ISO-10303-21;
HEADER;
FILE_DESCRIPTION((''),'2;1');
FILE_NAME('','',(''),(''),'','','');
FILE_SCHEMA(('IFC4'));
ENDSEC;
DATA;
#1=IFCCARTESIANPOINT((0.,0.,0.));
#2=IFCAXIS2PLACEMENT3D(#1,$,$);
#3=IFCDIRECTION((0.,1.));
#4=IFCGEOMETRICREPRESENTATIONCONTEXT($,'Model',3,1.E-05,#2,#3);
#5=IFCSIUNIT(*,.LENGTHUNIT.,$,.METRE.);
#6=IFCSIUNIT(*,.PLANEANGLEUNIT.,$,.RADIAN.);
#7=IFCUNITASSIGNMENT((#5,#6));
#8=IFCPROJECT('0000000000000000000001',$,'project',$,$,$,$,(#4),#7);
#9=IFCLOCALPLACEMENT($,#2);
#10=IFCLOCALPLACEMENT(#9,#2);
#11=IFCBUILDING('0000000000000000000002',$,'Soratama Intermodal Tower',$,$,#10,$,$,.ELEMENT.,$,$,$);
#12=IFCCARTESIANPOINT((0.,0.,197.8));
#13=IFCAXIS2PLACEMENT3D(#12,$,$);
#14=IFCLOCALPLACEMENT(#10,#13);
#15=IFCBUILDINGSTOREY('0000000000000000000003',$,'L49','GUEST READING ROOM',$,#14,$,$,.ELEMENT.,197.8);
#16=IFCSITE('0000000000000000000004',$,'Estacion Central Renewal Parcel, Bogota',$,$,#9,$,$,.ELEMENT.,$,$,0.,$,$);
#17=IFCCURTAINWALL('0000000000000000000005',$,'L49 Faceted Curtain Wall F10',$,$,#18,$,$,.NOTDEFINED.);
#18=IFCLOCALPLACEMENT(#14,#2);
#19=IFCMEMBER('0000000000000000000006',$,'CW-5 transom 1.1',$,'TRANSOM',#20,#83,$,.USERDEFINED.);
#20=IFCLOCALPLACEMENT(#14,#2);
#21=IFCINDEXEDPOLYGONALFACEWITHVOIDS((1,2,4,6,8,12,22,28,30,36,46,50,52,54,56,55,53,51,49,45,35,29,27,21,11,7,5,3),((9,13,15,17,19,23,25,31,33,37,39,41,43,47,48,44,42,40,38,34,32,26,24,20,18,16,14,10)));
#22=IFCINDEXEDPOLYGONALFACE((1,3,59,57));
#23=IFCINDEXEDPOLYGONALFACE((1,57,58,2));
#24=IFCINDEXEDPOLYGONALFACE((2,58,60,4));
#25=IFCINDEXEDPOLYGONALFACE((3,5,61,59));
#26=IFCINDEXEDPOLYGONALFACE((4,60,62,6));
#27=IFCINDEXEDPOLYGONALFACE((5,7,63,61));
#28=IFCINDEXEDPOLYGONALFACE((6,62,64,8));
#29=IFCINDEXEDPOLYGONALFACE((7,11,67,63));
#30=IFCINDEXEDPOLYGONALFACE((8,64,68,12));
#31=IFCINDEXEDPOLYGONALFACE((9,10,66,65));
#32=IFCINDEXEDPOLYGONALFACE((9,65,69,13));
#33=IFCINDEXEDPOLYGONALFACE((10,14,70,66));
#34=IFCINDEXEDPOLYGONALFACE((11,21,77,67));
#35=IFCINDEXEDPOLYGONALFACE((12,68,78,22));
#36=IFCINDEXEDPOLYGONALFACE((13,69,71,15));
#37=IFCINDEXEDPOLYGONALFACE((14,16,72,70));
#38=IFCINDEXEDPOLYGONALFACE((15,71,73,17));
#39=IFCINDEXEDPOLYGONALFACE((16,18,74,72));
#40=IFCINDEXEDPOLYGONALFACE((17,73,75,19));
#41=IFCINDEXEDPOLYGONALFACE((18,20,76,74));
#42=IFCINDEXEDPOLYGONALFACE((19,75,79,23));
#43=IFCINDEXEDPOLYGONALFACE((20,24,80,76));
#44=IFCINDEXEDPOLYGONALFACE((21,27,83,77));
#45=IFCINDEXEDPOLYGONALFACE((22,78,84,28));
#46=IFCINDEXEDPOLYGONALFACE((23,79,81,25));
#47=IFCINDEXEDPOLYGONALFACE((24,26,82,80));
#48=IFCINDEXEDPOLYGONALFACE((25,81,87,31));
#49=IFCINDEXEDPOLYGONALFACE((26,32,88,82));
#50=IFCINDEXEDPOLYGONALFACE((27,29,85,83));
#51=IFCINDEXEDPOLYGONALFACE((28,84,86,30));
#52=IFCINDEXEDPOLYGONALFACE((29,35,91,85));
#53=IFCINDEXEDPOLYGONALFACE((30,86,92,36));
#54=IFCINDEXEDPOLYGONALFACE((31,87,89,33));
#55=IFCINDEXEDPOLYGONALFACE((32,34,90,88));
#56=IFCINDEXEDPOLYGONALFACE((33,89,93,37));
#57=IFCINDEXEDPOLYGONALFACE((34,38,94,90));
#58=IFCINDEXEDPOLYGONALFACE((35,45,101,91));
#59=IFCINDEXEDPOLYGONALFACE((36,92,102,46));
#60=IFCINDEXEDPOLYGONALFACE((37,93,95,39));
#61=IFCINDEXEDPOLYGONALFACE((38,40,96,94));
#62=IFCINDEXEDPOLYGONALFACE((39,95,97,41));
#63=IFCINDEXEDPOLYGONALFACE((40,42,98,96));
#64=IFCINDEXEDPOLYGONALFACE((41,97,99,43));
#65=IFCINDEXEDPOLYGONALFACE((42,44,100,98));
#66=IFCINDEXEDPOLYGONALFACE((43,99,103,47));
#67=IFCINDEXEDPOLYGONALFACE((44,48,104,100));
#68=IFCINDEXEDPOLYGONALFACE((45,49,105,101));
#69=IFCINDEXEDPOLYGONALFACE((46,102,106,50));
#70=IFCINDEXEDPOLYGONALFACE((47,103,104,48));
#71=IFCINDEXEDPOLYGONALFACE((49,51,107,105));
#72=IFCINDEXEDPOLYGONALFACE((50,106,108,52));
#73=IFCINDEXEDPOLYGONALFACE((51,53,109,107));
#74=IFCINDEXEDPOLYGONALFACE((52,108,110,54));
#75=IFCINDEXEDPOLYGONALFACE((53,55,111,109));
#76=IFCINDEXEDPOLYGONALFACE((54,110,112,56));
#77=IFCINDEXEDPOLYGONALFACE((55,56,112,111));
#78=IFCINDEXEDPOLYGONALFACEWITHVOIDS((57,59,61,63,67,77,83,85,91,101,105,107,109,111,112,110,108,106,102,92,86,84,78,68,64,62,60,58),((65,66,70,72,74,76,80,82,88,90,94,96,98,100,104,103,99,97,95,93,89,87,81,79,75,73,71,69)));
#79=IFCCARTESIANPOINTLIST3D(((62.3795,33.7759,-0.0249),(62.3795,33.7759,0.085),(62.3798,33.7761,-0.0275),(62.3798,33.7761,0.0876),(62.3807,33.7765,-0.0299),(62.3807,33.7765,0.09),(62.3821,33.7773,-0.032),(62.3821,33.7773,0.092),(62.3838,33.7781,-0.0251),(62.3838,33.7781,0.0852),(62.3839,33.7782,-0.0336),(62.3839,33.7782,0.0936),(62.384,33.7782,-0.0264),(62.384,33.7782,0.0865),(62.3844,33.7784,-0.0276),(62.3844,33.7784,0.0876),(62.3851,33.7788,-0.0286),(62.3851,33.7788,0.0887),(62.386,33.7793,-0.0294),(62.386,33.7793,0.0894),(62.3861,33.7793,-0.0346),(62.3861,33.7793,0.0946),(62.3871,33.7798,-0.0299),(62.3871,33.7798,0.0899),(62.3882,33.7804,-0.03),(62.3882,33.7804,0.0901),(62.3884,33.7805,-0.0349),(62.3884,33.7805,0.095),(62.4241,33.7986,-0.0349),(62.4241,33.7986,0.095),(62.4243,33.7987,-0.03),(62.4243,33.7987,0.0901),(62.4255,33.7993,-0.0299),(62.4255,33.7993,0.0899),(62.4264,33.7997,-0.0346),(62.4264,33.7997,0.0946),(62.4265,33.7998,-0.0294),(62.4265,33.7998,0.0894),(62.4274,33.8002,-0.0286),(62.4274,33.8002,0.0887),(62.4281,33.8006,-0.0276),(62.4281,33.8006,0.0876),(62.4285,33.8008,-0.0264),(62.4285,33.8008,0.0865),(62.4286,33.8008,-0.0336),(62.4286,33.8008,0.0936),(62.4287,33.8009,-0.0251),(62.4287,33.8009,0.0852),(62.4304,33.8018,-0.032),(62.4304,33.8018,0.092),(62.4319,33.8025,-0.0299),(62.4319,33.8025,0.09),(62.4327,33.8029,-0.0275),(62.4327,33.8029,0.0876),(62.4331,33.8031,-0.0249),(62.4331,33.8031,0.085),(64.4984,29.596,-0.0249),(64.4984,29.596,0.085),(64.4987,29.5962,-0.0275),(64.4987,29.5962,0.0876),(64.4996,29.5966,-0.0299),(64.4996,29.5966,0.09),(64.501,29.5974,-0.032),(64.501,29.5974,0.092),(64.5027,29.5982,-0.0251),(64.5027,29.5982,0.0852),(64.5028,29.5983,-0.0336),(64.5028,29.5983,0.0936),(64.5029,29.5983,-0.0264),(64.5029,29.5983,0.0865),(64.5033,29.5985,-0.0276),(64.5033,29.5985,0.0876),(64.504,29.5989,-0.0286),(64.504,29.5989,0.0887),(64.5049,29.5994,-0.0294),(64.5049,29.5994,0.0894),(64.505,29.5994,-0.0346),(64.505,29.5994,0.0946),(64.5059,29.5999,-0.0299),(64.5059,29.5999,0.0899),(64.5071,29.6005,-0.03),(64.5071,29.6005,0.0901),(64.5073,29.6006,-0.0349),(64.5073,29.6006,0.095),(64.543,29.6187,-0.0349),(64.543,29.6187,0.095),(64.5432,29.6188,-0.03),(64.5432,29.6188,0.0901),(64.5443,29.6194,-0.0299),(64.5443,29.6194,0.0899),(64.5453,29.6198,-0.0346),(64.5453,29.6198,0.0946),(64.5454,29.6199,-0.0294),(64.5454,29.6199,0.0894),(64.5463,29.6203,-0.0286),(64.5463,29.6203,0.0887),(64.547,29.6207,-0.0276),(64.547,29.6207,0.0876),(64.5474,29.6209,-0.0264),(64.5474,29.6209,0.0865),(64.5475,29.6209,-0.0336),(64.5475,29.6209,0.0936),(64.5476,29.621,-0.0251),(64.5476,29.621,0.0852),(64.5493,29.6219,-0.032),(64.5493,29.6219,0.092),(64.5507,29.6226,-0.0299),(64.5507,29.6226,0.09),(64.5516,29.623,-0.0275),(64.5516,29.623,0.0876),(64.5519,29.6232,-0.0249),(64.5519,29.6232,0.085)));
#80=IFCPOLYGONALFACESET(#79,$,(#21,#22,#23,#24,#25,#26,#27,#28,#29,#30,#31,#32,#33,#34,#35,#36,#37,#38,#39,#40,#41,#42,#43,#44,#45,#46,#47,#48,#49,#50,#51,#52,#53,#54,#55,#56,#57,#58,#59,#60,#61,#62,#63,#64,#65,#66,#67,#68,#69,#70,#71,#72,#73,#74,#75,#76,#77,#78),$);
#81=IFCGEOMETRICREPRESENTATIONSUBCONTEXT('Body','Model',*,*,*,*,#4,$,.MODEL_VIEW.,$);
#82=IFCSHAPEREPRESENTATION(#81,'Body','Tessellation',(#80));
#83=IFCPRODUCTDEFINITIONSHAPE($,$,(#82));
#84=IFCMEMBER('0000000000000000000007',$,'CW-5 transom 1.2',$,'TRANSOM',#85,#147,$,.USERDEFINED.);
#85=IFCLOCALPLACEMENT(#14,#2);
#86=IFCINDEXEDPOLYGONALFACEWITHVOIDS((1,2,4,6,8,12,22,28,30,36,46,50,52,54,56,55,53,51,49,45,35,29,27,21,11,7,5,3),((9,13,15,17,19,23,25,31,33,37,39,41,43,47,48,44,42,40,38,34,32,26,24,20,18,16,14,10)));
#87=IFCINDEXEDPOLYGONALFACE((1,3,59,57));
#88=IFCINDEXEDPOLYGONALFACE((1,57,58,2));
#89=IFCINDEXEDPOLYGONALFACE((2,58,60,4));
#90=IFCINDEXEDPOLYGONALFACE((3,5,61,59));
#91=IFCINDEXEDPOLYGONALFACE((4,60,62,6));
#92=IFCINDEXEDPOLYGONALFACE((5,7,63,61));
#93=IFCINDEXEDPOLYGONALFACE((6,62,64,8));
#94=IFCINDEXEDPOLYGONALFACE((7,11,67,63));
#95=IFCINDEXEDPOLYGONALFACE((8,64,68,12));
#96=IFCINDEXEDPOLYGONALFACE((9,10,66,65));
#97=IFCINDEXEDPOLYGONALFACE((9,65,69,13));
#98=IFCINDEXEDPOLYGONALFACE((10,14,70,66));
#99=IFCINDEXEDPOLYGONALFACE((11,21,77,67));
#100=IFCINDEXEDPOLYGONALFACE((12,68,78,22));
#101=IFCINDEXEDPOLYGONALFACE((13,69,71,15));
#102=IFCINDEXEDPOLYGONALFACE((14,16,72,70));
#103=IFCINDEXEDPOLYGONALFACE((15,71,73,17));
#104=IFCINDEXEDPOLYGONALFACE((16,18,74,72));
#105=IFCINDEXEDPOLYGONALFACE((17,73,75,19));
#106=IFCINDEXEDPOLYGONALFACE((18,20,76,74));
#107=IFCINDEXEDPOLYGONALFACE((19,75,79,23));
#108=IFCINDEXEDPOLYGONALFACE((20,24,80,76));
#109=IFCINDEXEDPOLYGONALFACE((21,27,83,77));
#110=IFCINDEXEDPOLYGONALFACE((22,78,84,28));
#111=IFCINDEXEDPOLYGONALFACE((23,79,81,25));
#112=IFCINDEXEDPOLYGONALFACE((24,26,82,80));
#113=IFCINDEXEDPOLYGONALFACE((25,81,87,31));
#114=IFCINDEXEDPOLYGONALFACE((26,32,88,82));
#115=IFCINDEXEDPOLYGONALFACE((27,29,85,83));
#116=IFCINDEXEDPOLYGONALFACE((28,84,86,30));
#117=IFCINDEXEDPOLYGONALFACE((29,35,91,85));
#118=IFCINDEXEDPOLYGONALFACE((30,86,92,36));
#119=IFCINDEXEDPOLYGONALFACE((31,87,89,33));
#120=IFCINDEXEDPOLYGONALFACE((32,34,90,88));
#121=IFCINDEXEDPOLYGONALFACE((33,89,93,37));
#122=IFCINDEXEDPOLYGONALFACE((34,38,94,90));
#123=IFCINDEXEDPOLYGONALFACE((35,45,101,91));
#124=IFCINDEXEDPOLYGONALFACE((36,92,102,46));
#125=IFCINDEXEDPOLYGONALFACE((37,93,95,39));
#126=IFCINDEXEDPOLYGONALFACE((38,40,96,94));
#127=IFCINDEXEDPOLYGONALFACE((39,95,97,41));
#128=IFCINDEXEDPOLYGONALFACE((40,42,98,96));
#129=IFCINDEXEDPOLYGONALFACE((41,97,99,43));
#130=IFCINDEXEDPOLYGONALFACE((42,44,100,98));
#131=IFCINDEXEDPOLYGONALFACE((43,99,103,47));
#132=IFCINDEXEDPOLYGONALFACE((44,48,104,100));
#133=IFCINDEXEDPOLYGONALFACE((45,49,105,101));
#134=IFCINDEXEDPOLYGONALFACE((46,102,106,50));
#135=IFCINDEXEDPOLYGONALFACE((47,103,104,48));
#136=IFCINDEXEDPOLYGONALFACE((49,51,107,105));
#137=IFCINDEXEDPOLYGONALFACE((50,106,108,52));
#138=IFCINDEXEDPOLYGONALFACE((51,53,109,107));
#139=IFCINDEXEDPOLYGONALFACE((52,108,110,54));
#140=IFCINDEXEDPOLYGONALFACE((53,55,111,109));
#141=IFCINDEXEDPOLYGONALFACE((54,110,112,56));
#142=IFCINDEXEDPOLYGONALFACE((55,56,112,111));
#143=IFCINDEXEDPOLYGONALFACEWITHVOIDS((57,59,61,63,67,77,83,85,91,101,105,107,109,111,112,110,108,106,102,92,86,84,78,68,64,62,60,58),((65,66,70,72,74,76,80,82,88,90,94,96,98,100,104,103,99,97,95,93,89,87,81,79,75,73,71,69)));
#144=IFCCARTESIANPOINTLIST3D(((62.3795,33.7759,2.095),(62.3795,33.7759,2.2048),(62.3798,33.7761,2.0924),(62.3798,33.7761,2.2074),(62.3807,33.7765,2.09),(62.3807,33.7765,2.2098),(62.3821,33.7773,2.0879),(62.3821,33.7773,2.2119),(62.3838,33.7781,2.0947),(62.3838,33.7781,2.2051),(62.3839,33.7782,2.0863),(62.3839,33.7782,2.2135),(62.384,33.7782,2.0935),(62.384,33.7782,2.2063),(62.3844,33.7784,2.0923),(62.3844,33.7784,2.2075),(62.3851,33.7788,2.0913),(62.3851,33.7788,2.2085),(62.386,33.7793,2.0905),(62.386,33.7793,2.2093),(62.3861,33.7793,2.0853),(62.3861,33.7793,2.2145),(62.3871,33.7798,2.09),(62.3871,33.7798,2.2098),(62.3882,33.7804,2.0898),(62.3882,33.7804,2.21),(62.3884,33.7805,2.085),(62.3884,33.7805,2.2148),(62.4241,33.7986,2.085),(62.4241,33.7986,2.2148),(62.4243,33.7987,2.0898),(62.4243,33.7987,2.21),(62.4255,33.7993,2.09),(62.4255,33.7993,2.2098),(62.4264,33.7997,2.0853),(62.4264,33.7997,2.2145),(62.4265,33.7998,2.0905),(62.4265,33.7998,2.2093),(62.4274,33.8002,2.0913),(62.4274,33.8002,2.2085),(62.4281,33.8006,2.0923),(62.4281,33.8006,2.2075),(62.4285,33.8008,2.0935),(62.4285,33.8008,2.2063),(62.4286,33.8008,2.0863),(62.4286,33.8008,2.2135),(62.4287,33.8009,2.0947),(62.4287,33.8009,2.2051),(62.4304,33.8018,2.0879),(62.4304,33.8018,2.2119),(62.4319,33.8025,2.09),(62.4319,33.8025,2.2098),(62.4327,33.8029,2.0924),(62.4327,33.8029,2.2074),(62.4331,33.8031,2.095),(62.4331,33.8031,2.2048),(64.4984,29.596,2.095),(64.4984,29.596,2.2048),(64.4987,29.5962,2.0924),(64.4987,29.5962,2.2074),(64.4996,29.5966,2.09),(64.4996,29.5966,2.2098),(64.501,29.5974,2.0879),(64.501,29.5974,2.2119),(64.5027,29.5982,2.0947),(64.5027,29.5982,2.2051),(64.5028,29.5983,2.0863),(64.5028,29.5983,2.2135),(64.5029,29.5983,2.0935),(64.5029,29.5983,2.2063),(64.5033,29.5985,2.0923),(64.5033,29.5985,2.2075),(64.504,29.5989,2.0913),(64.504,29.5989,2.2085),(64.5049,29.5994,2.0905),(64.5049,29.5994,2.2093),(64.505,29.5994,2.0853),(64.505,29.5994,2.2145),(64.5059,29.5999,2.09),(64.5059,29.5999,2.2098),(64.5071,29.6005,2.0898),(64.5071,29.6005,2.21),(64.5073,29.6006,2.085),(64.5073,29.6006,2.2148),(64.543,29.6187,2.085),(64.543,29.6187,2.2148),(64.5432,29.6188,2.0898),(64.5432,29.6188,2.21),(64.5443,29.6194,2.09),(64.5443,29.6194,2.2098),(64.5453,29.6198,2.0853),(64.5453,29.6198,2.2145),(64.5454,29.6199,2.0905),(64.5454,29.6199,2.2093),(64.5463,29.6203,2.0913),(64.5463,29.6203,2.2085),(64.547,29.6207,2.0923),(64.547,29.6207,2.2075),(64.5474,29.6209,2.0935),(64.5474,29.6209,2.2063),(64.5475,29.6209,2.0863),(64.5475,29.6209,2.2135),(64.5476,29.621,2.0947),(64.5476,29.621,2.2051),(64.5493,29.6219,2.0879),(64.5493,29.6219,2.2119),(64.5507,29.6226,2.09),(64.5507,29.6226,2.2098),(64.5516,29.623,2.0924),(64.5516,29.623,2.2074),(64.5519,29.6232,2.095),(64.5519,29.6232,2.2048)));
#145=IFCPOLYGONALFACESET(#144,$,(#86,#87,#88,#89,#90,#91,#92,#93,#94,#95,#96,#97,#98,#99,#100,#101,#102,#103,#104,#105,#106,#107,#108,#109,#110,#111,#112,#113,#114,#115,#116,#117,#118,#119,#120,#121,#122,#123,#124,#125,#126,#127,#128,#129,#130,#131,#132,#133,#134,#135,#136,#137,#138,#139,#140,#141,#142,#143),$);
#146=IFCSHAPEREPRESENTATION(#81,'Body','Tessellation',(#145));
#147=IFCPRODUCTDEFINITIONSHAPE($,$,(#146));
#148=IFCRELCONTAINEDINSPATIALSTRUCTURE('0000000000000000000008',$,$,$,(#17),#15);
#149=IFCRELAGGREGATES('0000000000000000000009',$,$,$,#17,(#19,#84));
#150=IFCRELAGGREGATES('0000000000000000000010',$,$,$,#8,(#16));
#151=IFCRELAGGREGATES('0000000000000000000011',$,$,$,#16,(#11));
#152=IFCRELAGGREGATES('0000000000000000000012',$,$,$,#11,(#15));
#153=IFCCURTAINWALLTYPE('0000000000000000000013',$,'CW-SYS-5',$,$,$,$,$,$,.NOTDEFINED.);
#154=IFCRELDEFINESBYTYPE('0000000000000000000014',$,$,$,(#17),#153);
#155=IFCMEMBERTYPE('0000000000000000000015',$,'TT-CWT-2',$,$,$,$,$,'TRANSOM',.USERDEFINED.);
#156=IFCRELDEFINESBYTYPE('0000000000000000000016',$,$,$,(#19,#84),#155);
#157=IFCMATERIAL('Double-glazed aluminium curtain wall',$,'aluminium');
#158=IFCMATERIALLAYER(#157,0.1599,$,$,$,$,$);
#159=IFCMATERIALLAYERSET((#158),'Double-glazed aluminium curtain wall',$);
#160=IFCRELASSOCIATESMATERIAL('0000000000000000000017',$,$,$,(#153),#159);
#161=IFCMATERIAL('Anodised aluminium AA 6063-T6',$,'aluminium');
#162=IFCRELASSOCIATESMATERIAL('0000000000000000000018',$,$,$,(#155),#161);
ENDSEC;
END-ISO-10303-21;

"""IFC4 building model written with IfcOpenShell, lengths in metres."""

from ifc_helpers import new_model, si_unit, direction, frame, origin, origin_2d, place, context, subcontext, project, spatial, hollow_rectangle, extrude, material, layer, layer_set, material_profile, profile_set, type_object, element, aggregate, save


model = new_model("IFC4")

# Units and contexts
model_context = context("Model", 3, precision=1e-05, world=origin(), true_north=direction((0.0, 1.0)))
body_context = subcontext(model_context, "Body", "Model", "MODEL_VIEW")
ifc_project = project(units=[si_unit("LENGTHUNIT", "METRE"), si_unit("PLANEANGLEUNIT", "RADIAN")], contexts=[model_context])

# Site, building, storey
site_placement = place(None, origin())
site = spatial("IfcSite", under=ifc_project, at=site_placement, Name="Estacion Central Renewal Parcel, Bogota", CompositionType="ELEMENT", RefElevation=0.0)
building_placement = place(site_placement, origin())
building = spatial("IfcBuilding", under=site, at=building_placement, Name="Soratama Intermodal Tower", CompositionType="ELEMENT")
storey_placement = place(building_placement, frame((0.0, 0.0, 197.8)))
storey = spatial("IfcBuildingStorey", under=building, at=storey_placement, Name="L49", Description="GUEST READING ROOM", CompositionType="ELEMENT", Elevation=197.8)

# Curtain wall, members
ifc_material_1 = material(Name="Double-glazed aluminium curtain wall", Category="aluminium")
ifc_layer_1 = layer(ifc_material_1, 0.1599)
ifc_layer_set_1 = layer_set([ifc_layer_1], Name="Double-glazed aluminium curtain wall")
curtain_wall_type = type_object("IfcCurtainWallType", Name="CW-SYS-5", PredefinedType="NOTDEFINED", material=ifc_layer_set_1)
curtain_wall_placement = place(storey_placement, origin())
curtain_wall = element("IfcCurtainWall", 1, at=curtain_wall_placement, inside=storey, type_object=curtain_wall_type, Name="L49 Faceted Curtain Wall F10", PredefinedType="NOTDEFINED")
ifc_material_2 = material(Name="Anodised aluminium AA 6063-T6", Category="aluminium")
ifc_material_profile_1 = material_profile(ifc_material_2, hollow_rectangle(XDim=0.0601, YDim=0.1299, WallThickness=0.0049, InnerFilletRadius=0.0049, OuterFilletRadius=0.01, at=origin_2d()), Name="CWT130X60X5")
ifc_profile_set_1 = profile_set([ifc_material_profile_1], Name="Anodised aluminium AA 6063-T6")
member_type_1 = type_object("IfcMemberType", Name="TT-CWT-2", ElementType="TRANSOM", PredefinedType="USERDEFINED", material=ifc_profile_set_1)
member_1_placement = place(storey_placement, frame((64.5251, 29.6096, 0.03), z_axis=(-0.452146, 0.891944, 0.0), x_axis=(-0.891944, -0.452146, 0.0)))
member_1 = element("IfcMember", 2, at=member_1_placement, type_object=member_type_1, Name="CW-5 transom 1.1", ObjectType="TRANSOM", PredefinedType="USERDEFINED", context=body_context, shape_type="SweptSolid", body=[
    extrude(hollow_rectangle(XDim=0.0601, YDim=0.1299, WallThickness=0.0049, InnerFilletRadius=0.0049, OuterFilletRadius=0.01, at=origin_2d()), origin(), (0.0, 0.0, 1.0), 4.6863),
])
member_2_placement = place(storey_placement, frame((64.5251, 29.6096, 2.1499), z_axis=(-0.452146, 0.891944, 0.0), x_axis=(-0.891944, -0.452146, 0.0)))
member_2 = element("IfcMember", 3, at=member_2_placement, type_object=member_type_1, Name="CW-5 transom 1.2", ObjectType="TRANSOM", PredefinedType="USERDEFINED", context=body_context, shape_type="SweptSolid", body=[
    extrude(hollow_rectangle(XDim=0.0601, YDim=0.1299, WallThickness=0.0049, InnerFilletRadius=0.0049, OuterFilletRadius=0.01, at=origin_2d()), origin(), (0.0, 0.0, 1.0), 4.6863),
])
aggregate(curtain_wall, [member_1, member_2])

save(model, "model.ifc")
